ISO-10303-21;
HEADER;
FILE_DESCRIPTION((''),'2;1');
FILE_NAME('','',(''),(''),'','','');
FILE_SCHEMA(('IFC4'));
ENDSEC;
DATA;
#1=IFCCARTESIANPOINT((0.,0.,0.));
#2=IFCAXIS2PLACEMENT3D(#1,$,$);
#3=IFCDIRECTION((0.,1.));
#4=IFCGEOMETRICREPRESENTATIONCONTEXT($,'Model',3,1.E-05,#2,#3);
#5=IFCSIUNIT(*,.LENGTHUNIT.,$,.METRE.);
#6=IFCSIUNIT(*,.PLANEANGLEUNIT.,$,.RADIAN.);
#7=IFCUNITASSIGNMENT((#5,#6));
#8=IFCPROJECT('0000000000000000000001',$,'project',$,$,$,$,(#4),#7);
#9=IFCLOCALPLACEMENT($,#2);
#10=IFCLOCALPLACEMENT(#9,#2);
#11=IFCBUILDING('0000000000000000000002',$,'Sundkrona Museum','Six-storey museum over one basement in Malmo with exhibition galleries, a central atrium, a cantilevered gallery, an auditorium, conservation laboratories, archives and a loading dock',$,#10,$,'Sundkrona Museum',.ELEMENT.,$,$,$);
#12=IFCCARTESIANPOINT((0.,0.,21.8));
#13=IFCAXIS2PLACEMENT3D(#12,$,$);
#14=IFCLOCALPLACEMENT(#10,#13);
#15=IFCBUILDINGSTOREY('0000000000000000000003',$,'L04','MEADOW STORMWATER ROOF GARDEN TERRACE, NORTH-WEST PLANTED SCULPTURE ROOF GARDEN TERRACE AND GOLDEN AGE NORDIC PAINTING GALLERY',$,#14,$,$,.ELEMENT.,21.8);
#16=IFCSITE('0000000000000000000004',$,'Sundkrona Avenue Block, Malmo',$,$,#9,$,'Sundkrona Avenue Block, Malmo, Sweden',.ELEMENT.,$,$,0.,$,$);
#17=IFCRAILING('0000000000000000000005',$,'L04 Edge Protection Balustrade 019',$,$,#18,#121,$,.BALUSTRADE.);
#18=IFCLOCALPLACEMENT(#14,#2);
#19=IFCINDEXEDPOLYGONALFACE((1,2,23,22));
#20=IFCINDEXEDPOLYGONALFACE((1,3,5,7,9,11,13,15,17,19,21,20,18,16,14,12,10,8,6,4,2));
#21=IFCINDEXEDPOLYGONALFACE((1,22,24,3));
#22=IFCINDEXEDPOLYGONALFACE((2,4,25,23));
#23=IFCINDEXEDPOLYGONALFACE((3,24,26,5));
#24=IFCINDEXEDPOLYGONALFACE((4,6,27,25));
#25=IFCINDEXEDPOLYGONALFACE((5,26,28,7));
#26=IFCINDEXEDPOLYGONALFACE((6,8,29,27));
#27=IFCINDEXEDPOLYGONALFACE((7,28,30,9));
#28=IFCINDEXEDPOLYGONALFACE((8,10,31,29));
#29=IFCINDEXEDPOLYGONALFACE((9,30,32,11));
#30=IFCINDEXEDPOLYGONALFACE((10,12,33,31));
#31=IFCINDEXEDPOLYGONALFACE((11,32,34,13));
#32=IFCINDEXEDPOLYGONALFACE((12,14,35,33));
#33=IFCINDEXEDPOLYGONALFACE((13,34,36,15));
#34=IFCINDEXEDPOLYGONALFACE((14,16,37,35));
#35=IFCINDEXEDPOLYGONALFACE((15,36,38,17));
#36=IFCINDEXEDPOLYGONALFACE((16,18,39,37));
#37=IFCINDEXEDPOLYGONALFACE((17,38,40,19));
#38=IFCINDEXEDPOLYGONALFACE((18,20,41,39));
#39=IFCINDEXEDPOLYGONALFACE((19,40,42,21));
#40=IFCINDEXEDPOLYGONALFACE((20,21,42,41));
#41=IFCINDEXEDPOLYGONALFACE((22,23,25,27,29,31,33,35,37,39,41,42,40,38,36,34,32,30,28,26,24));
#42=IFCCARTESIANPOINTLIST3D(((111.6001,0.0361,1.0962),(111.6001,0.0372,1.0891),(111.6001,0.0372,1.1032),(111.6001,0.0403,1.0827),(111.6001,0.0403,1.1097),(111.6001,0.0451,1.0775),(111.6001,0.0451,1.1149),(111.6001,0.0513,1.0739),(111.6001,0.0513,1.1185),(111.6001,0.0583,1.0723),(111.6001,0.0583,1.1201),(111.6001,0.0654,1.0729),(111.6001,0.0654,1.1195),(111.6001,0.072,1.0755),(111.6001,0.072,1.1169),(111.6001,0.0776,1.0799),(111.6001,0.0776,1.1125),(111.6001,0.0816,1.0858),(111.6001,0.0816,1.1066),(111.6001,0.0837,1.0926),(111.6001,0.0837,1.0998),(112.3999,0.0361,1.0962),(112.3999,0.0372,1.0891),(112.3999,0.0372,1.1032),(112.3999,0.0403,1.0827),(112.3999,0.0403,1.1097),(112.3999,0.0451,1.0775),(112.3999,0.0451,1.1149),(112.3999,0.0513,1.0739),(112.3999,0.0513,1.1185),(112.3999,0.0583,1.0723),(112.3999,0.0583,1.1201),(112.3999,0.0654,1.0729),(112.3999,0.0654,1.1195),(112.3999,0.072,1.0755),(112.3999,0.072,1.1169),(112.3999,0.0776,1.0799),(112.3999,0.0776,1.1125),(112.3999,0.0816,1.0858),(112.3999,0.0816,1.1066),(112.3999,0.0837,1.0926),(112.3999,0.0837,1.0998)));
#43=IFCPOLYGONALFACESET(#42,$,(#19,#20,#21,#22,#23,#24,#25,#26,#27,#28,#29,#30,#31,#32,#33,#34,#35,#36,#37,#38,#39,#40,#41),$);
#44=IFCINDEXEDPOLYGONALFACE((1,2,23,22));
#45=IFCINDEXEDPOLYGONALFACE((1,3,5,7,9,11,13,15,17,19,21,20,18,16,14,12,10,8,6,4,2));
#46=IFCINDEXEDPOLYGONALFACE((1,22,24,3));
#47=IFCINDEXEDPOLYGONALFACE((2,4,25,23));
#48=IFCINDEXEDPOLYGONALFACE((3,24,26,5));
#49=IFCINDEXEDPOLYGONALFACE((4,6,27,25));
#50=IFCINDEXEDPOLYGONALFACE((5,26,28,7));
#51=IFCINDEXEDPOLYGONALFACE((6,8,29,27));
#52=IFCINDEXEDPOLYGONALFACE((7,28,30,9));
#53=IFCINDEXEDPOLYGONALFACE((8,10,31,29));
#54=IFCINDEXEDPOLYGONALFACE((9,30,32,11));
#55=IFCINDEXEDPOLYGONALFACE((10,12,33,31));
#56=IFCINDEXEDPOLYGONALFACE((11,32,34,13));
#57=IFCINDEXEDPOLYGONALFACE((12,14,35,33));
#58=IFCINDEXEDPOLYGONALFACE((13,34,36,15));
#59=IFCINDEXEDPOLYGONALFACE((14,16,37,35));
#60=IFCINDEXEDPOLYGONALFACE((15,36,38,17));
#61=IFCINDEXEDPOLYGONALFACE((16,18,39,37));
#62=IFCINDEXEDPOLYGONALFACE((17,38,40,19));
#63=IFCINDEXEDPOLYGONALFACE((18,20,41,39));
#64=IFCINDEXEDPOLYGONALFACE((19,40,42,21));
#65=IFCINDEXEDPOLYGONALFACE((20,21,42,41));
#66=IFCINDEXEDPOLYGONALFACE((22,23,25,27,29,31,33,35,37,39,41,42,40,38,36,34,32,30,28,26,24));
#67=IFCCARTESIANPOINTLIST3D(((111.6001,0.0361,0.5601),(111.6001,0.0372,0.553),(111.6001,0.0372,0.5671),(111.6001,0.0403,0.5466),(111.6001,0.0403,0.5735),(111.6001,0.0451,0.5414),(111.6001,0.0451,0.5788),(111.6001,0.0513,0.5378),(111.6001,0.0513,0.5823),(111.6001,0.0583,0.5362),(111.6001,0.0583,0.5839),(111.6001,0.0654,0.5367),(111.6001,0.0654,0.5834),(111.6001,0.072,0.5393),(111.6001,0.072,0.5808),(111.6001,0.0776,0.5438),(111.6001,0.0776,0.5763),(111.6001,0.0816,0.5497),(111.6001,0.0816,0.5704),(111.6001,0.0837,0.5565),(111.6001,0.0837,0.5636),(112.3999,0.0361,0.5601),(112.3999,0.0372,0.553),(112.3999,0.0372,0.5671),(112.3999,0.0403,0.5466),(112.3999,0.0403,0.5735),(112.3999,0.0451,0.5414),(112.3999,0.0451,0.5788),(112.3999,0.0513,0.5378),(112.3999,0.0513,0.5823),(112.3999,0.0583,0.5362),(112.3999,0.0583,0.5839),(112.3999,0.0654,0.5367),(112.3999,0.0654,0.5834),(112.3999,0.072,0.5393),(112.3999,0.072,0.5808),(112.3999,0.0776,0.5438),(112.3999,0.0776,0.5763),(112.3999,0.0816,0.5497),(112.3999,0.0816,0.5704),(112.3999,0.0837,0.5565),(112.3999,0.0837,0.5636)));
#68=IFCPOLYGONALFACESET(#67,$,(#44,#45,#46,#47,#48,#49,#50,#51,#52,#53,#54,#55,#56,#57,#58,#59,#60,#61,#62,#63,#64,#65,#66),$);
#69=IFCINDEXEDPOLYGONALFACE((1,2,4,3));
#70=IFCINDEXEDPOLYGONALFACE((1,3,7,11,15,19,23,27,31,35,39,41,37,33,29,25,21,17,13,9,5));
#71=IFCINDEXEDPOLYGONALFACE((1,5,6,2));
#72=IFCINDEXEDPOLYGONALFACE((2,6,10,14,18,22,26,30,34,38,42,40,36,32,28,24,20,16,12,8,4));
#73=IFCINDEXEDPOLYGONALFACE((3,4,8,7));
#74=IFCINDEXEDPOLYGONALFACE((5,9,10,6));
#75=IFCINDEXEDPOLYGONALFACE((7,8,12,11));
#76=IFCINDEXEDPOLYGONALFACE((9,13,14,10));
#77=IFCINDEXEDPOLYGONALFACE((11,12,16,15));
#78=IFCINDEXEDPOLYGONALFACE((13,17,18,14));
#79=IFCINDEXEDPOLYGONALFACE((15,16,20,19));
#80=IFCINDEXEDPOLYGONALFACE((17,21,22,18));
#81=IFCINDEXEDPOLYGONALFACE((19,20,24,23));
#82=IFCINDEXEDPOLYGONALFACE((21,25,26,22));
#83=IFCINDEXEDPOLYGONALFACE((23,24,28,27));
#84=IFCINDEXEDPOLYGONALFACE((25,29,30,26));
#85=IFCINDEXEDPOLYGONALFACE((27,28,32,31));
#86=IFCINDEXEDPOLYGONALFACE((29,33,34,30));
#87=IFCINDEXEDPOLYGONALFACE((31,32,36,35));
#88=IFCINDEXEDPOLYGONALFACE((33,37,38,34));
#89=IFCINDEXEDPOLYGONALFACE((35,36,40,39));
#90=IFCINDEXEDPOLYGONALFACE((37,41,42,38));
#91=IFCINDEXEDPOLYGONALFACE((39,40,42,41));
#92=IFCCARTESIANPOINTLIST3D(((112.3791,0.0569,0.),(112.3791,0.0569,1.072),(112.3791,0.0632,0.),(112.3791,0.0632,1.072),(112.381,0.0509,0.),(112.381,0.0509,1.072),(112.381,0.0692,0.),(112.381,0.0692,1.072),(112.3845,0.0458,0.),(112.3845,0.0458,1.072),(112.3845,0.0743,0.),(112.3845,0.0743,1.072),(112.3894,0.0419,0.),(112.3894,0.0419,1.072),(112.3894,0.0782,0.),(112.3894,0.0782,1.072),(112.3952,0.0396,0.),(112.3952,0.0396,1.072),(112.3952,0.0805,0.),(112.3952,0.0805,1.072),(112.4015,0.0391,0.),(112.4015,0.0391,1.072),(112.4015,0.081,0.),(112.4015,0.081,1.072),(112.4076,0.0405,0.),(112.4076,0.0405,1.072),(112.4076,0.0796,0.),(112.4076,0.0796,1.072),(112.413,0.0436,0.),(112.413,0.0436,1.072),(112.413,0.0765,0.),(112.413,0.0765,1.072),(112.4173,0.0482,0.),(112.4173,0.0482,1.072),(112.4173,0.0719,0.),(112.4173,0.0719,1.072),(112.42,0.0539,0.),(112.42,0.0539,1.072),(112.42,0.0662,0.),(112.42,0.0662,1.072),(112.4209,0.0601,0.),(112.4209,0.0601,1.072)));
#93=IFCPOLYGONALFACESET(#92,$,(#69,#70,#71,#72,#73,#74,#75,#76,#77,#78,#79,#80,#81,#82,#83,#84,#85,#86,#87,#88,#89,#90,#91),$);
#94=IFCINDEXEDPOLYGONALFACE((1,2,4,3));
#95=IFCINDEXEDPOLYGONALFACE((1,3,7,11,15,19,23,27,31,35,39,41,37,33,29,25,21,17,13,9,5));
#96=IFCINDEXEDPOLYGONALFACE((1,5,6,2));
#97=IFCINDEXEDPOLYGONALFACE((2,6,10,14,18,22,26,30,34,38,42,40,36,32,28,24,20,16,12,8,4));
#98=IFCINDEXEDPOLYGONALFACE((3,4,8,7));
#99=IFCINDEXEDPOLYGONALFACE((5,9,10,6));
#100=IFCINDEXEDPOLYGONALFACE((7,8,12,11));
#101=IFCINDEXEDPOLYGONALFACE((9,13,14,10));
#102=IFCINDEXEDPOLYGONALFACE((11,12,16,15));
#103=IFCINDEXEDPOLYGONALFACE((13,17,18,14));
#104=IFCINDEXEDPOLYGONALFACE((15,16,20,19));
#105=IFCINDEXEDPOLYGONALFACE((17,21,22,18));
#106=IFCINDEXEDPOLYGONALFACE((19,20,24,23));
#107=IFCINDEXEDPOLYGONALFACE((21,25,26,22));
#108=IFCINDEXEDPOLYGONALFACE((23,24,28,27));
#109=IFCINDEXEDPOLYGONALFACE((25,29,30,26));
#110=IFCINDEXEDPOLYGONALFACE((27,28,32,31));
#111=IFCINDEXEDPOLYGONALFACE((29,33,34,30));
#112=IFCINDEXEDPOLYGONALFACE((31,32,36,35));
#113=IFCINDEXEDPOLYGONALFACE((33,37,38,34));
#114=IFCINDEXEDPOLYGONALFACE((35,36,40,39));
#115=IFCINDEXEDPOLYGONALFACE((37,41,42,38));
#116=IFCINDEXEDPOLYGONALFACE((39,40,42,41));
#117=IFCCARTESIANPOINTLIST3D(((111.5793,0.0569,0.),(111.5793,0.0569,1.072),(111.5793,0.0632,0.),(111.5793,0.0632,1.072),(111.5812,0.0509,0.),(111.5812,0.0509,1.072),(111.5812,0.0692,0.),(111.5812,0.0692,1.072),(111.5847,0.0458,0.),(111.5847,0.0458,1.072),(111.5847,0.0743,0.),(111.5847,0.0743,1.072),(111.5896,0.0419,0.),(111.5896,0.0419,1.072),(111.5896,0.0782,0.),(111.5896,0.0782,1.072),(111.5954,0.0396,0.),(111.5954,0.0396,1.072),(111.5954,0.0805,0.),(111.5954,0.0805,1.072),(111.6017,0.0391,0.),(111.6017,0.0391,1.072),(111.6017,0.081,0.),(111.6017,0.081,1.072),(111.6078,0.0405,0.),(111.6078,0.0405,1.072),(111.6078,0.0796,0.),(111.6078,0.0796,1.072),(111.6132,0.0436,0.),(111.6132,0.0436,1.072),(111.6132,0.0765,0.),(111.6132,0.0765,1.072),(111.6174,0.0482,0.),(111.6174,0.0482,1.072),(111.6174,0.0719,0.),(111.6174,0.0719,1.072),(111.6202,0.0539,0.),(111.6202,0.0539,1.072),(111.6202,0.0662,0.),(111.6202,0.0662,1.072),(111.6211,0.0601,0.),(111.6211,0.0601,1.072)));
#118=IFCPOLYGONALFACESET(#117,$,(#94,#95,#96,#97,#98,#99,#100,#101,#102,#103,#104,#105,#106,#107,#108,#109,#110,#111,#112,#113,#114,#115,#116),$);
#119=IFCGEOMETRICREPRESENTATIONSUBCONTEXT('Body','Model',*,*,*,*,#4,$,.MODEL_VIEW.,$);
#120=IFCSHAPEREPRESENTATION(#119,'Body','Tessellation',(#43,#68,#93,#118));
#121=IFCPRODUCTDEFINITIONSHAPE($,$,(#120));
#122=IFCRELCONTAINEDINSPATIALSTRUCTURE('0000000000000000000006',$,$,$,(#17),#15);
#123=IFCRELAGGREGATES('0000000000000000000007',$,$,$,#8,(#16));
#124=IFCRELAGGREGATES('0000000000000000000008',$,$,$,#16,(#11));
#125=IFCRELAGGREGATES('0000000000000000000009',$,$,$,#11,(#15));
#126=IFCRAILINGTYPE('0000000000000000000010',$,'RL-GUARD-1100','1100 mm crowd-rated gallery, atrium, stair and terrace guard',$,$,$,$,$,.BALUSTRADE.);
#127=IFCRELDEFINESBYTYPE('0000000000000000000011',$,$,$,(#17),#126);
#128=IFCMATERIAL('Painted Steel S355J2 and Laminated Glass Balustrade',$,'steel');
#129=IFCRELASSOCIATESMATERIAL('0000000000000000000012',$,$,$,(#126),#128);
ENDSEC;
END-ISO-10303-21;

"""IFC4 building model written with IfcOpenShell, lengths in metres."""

from ifc_helpers import new_model, si_unit, direction, frame, origin, origin_2d, place, context, subcontext, project, spatial, circle, extrude, material, type_object, element, save


model = new_model("IFC4")

# Units and contexts
model_context = context("Model", 3, precision=1e-05, world=origin(), true_north=direction((0.0, 1.0)))
body_context = subcontext(model_context, "Body", "Model", "MODEL_VIEW")
ifc_project = project(units=[si_unit("LENGTHUNIT", "METRE"), si_unit("PLANEANGLEUNIT", "RADIAN")], contexts=[model_context])

# Site, building, storey
site_placement = place(None, origin())
site = spatial("IfcSite", under=ifc_project, at=site_placement, Name="Sundkrona Avenue Block, Malmo", LongName="Sundkrona Avenue Block, Malmo, Sweden", CompositionType="ELEMENT", RefElevation=0.0)
building_placement = place(site_placement, origin())
building = spatial("IfcBuilding", under=site, at=building_placement, Name="Sundkrona Museum", Description="Six-storey museum over one basement in Malmo with exhibition galleries, a central atrium, a cantilevered gallery, an auditorium, conservation laboratories, archives and a loading dock", LongName="Sundkrona Museum", CompositionType="ELEMENT")
storey_placement = place(building_placement, frame((0.0, 0.0, 21.8)))
storey = spatial("IfcBuildingStorey", under=building, at=storey_placement, Name="L04", Description="MEADOW STORMWATER ROOF GARDEN TERRACE, NORTH-WEST PLANTED SCULPTURE ROOF GARDEN TERRACE AND GOLDEN AGE NORDIC PAINTING GALLERY", CompositionType="ELEMENT", Elevation=21.8)

# Railing
ifc_material_1 = material(Name="Painted Steel S355J2 and Laminated Glass Balustrade", Category="steel")
railing_type = type_object("IfcRailingType", Name="RL-GUARD-1100", Description="1100 mm crowd-rated gallery, atrium, stair and terrace guard", PredefinedType="BALUSTRADE", material=ifc_material_1)
railing_1_placement = place(storey_placement, frame((112.3999, 0.0601, 0.0)))
element("IfcRailing", 1, at=railing_1_placement, inside=storey, type_object=railing_type, Name="L04 Edge Protection Balustrade 019", PredefinedType="BALUSTRADE", context=body_context, shape_type="SweptSolid", body=[
    extrude(circle(Radius=0.0239, at=origin_2d()), frame((0.0, 0.0, 1.0962), z_axis=(-1.0, 0.0, 0.0), x_axis=(0.0, -1.0, 0.0)), (0.0, 0.0, 1.0), 0.7998),
    extrude(circle(Radius=0.0239, at=origin_2d()), frame((0.0, 0.0, 0.5601), z_axis=(-1.0, 0.0, 0.0), x_axis=(0.0, -1.0, 0.0)), (0.0, 0.0, 1.0), 0.7998),
    extrude(circle(Radius=0.021, at=origin_2d()), origin(), (0.0, 0.0, 1.0), 1.072),
    extrude(circle(Radius=0.021, at=origin_2d()), frame((-0.7998, 0.0, 0.0)), (0.0, 0.0, 1.0), 1.072),
])

save(model, "model.ifc")
